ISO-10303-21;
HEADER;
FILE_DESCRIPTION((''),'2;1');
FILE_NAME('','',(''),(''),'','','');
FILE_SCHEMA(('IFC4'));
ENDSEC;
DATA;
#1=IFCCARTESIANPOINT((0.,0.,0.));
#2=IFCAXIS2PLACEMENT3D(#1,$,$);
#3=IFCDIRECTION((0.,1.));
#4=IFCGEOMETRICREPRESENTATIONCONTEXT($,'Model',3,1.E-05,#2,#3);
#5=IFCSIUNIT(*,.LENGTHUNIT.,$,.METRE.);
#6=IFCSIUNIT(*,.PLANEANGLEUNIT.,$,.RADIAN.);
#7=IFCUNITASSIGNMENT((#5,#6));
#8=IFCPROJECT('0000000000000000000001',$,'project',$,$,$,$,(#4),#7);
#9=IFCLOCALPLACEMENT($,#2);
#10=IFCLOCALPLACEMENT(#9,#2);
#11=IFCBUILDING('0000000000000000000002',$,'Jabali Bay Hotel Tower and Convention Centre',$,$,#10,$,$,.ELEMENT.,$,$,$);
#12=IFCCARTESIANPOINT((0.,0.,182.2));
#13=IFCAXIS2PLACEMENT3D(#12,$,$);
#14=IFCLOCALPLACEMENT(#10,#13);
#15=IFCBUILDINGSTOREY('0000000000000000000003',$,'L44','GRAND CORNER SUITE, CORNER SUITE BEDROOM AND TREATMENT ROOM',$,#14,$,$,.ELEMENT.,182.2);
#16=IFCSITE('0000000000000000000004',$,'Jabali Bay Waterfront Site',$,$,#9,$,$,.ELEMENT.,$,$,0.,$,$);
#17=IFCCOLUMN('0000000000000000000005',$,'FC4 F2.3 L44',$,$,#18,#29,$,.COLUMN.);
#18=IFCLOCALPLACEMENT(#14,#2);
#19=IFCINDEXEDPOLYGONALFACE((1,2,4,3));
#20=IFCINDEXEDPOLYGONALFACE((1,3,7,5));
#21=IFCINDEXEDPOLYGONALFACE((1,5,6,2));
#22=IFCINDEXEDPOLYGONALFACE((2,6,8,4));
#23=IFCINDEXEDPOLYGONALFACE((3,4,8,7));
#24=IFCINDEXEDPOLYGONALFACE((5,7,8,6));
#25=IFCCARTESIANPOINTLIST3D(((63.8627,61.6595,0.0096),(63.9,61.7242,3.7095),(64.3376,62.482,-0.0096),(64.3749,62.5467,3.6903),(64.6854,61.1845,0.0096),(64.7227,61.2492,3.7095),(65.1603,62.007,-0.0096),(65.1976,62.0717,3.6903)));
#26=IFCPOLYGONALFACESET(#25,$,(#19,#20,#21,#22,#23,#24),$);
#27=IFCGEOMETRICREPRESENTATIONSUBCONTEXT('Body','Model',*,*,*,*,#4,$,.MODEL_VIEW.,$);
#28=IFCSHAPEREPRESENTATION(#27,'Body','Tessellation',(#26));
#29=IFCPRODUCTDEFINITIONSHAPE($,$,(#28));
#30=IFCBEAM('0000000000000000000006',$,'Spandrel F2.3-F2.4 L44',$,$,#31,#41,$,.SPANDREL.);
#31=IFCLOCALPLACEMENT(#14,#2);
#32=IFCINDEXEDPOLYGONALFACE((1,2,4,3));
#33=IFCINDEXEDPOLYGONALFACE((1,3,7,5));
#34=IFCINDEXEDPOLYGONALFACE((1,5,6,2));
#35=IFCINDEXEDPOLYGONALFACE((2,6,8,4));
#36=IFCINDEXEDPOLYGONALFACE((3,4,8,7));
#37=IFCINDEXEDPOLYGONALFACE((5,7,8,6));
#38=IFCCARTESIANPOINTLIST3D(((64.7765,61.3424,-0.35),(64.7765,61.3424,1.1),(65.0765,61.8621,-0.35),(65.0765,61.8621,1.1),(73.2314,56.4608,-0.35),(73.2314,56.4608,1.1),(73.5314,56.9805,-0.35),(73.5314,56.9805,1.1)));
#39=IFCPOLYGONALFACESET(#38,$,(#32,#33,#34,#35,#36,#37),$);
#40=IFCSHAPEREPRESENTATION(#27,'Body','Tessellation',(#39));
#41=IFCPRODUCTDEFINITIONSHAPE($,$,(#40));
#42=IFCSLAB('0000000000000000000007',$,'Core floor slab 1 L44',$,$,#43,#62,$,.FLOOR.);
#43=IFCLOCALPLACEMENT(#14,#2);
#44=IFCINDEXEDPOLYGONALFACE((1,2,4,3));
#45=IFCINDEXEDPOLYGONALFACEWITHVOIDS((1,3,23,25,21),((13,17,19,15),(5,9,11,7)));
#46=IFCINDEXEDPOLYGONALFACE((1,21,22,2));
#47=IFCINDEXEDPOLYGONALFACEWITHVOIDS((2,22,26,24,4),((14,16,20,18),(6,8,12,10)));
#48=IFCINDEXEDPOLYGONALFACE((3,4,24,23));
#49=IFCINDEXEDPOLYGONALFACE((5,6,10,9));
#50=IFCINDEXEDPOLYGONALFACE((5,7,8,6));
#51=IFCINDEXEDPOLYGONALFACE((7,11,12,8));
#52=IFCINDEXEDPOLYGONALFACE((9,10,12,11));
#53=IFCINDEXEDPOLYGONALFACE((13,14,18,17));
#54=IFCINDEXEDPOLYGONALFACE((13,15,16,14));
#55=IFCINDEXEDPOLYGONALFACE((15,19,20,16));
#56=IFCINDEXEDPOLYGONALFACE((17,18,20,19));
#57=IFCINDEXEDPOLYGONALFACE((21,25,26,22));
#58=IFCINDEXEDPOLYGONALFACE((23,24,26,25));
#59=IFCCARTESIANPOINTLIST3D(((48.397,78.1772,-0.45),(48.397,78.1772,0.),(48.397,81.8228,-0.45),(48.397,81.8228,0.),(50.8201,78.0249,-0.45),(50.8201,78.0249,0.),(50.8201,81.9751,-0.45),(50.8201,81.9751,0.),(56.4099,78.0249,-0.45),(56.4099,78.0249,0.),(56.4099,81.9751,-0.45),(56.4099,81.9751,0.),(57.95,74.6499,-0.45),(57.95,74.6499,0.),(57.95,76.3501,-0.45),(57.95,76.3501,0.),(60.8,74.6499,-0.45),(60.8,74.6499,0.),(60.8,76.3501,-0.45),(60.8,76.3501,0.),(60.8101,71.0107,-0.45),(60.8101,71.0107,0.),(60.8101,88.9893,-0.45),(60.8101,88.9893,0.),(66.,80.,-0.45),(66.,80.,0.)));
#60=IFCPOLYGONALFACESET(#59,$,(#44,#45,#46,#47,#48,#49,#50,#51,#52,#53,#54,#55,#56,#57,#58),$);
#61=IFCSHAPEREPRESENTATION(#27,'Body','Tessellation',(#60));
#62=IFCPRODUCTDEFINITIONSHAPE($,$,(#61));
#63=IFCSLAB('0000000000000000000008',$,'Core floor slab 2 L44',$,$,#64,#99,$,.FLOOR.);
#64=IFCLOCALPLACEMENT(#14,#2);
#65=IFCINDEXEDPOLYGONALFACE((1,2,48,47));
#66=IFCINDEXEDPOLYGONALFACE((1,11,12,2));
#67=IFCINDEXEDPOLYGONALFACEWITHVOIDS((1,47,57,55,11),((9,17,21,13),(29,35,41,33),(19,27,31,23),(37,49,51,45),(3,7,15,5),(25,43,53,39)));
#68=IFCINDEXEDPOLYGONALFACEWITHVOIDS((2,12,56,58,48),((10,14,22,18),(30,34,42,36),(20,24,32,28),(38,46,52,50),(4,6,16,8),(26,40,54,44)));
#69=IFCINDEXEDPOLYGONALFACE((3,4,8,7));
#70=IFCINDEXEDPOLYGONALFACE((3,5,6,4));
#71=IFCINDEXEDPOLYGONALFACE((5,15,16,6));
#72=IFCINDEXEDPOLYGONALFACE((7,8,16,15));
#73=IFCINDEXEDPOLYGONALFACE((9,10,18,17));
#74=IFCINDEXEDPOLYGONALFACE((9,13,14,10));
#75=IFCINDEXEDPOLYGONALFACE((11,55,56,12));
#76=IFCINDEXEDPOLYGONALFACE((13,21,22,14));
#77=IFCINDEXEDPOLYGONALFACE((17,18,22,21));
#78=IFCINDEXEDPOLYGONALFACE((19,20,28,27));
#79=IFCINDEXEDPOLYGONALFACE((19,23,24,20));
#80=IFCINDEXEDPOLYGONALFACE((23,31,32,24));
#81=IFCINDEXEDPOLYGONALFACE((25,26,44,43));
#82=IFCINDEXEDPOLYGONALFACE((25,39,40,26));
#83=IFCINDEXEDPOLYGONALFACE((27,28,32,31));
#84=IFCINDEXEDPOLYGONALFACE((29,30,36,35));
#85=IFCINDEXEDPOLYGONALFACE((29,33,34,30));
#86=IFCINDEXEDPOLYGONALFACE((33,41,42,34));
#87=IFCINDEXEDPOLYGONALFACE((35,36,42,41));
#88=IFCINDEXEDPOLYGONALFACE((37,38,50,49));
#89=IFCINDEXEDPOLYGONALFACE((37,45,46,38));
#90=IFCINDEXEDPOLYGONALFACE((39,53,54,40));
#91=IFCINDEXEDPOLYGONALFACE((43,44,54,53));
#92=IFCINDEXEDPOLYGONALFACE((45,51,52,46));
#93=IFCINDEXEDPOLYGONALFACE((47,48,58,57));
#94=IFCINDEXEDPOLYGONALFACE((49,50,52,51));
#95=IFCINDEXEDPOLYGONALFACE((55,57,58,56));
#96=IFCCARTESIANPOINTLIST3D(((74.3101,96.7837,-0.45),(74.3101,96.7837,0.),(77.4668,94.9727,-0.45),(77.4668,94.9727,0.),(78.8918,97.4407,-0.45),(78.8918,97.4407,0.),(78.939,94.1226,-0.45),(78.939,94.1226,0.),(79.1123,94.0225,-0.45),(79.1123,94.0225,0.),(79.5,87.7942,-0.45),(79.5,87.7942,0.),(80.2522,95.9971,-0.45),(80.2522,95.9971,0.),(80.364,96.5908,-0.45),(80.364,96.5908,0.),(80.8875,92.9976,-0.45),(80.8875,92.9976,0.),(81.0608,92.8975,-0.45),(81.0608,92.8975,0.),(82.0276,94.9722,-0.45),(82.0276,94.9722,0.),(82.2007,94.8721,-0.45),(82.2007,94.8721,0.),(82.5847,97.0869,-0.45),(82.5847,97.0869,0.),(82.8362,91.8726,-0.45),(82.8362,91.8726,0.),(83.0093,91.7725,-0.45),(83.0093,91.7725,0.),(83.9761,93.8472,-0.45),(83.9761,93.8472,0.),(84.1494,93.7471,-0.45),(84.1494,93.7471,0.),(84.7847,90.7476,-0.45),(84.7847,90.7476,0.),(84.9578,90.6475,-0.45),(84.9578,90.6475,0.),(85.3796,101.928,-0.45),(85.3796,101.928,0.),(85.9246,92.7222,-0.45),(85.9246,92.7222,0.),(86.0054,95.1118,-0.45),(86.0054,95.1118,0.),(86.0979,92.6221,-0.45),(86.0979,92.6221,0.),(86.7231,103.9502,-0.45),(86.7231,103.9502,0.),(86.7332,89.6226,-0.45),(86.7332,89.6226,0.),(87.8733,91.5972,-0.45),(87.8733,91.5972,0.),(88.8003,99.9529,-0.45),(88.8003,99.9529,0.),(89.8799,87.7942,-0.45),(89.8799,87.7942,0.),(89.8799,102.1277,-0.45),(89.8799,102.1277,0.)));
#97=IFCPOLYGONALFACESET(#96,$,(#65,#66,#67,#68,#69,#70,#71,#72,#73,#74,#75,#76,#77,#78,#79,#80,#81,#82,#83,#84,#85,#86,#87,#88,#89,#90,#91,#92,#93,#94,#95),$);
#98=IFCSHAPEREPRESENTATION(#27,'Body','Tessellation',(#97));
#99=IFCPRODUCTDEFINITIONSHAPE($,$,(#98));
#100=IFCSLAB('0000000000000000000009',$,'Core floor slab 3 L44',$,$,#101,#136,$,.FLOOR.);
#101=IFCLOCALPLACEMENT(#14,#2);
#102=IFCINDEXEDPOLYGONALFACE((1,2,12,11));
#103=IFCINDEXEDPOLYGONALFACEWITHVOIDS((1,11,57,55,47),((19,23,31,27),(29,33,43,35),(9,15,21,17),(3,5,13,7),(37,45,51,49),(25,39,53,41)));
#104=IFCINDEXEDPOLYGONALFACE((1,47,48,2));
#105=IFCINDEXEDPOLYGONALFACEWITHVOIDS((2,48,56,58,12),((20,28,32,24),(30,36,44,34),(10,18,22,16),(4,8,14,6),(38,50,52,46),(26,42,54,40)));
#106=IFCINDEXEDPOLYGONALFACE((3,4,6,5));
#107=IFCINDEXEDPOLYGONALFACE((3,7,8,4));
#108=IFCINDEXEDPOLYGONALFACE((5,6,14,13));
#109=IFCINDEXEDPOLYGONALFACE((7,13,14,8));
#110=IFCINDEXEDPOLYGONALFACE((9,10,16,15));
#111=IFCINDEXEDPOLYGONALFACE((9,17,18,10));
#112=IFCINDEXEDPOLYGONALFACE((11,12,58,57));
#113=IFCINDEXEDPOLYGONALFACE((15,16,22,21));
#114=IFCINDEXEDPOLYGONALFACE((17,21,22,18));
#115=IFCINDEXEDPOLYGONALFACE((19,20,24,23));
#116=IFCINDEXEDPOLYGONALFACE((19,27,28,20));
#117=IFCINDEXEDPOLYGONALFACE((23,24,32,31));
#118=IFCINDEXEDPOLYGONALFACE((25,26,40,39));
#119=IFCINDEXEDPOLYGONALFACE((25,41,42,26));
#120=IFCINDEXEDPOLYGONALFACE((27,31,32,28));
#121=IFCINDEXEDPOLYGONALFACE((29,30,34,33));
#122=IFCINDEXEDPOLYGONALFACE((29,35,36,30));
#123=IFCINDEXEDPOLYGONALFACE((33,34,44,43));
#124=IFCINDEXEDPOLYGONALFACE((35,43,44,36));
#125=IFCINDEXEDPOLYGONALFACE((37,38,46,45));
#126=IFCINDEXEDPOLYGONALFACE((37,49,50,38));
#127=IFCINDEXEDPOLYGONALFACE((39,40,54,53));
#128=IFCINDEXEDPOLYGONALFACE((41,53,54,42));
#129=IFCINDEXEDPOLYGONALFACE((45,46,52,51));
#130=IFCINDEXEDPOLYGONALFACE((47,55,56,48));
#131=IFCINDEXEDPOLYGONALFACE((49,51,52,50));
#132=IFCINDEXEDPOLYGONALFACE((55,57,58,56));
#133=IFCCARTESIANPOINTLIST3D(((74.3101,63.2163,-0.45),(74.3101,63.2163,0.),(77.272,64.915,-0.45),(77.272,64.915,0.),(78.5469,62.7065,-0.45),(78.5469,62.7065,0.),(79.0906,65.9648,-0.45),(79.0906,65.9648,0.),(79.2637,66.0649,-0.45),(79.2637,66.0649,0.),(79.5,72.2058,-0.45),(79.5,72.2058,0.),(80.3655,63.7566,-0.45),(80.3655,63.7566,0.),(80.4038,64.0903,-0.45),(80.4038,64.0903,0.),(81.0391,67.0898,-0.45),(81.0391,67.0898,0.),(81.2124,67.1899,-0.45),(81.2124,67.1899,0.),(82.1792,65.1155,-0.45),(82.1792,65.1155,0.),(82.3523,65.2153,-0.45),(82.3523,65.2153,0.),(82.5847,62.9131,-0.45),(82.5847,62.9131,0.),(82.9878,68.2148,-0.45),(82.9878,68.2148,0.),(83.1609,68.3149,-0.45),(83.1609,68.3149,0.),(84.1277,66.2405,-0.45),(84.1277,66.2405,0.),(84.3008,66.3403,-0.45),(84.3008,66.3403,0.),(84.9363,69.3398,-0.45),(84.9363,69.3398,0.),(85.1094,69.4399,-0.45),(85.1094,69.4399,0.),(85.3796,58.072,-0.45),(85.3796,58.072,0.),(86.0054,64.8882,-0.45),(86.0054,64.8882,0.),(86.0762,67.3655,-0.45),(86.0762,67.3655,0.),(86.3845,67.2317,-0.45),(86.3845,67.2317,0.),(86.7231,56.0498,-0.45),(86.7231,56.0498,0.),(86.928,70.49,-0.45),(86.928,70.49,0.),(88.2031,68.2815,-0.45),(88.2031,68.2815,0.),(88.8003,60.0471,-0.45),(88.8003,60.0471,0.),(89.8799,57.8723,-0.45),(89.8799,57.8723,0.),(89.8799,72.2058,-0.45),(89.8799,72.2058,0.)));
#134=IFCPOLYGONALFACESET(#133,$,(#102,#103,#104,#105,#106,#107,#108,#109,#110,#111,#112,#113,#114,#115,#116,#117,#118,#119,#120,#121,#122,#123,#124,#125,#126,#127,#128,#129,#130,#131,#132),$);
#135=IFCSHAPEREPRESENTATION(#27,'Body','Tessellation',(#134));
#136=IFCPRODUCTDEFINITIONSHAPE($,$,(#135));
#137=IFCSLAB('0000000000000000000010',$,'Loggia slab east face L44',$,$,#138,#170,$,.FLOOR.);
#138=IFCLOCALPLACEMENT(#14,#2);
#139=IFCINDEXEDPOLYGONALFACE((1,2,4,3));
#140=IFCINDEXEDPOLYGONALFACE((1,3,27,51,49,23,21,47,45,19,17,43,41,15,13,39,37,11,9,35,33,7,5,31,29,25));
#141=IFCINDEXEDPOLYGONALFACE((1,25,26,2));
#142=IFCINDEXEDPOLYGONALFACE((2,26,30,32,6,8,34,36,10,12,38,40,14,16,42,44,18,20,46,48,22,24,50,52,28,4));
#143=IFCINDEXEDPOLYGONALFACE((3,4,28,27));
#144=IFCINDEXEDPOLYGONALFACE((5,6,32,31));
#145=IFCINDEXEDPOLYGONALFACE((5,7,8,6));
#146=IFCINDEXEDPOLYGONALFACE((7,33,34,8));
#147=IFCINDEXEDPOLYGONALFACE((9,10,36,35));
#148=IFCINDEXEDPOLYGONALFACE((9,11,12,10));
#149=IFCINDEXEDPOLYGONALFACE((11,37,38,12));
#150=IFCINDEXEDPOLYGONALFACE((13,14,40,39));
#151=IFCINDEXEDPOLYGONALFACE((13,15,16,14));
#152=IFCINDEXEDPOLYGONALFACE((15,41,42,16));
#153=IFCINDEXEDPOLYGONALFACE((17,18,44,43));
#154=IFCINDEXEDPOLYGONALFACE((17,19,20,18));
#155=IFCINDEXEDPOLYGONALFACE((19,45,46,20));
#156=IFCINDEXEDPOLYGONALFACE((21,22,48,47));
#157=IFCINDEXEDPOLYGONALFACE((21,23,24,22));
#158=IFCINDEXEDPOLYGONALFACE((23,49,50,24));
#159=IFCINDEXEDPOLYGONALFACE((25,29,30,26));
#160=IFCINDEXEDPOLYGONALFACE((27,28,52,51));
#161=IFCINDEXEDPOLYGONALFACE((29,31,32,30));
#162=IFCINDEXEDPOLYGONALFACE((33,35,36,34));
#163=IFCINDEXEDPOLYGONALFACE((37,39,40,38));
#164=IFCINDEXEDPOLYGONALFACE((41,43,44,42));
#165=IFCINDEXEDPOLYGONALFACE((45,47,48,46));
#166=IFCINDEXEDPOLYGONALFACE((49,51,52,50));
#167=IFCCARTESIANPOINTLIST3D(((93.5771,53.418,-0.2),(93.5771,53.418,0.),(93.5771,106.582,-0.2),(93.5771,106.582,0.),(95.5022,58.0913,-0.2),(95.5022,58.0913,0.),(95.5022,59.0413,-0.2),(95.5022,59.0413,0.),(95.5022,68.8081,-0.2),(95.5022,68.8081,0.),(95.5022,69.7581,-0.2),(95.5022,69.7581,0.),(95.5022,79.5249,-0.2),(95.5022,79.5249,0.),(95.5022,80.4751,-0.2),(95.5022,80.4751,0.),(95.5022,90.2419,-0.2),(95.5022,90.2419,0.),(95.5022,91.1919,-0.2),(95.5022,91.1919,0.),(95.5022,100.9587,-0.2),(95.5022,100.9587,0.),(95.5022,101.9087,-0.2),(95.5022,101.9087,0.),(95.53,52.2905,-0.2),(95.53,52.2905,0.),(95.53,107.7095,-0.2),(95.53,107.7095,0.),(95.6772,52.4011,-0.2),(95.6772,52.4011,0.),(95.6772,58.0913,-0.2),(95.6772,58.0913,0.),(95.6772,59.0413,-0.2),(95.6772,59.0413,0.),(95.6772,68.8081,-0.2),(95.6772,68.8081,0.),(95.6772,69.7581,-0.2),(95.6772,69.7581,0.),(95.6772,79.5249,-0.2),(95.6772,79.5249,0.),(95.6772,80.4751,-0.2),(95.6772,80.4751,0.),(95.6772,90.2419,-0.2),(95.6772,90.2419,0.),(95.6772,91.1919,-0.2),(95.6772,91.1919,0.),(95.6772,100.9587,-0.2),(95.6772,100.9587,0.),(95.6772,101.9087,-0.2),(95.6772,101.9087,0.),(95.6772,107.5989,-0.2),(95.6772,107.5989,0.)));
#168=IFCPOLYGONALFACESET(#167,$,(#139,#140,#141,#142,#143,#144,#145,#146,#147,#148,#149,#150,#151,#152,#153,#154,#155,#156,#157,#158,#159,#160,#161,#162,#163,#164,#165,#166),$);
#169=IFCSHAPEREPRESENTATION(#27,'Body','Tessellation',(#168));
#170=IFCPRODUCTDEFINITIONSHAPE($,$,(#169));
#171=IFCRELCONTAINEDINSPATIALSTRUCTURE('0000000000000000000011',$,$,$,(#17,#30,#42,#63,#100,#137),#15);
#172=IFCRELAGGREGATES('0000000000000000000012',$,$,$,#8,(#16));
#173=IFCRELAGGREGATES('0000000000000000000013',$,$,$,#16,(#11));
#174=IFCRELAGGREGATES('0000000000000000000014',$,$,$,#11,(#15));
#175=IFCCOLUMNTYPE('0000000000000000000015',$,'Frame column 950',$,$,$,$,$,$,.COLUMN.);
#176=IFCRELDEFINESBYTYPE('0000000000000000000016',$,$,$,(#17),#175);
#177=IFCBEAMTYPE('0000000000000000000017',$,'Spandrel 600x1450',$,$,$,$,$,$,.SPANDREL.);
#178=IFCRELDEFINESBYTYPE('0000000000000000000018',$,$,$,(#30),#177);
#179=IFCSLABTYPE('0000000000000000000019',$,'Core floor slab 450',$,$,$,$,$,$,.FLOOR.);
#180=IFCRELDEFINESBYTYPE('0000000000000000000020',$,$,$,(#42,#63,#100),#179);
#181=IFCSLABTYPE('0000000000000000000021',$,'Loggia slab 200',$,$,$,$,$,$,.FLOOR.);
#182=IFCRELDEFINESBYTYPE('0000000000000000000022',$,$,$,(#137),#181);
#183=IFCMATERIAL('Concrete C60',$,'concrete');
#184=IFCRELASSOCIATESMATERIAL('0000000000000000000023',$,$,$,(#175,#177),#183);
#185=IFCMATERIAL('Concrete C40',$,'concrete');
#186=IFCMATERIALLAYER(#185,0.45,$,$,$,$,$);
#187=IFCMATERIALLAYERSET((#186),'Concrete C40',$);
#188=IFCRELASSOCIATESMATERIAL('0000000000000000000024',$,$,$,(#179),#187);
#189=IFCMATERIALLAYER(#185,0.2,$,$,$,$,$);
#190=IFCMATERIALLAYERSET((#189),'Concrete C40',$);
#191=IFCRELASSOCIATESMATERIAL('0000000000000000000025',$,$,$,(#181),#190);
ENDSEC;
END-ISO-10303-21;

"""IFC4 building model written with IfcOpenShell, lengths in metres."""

from ifc_helpers import new_model, si_unit, direction, frame, origin, origin_2d, place, context, subcontext, project, spatial, polyline, rectangle, outline, extrude, material, layer, layer_set, material_profile, profile_set, type_object, element, save


model = new_model("IFC4")

# Units and contexts
model_context = context("Model", 3, precision=1e-05, world=origin(), true_north=direction((0.0, 1.0)))
body_context = subcontext(model_context, "Body", "Model", "MODEL_VIEW")
ifc_project = project(units=[si_unit("LENGTHUNIT", "METRE"), si_unit("PLANEANGLEUNIT", "RADIAN")], contexts=[model_context])

# Site, building, storey
site_placement = place(None, origin())
site = spatial("IfcSite", under=ifc_project, at=site_placement, Name="Jabali Bay Waterfront Site", CompositionType="ELEMENT", RefElevation=0.0)
building_placement = place(site_placement, origin())
building = spatial("IfcBuilding", under=site, at=building_placement, Name="Jabali Bay Hotel Tower and Convention Centre", CompositionType="ELEMENT")
storey_placement = place(building_placement, frame((0.0, 0.0, 182.2)))
storey = spatial("IfcBuildingStorey", under=building, at=storey_placement, Name="L44", Description="GRAND CORNER SUITE, CORNER SUITE BEDROOM AND TREATMENT ROOM", CompositionType="ELEMENT", Elevation=182.2)

# Column
ifc_material_1 = material(Name="Concrete C60", Category="concrete")
ifc_material_profile_1 = material_profile(ifc_material_1, rectangle(XDim=0.95, YDim=0.95, at=origin_2d()), Name="Frame column 950")
ifc_profile_set_1 = profile_set([ifc_material_profile_1], Name="Concrete C60")
column_type = type_object("IfcColumnType", Name="Frame column 950", PredefinedType="COLUMN", material=ifc_profile_set_1)
column_placement = place(storey_placement, frame((64.5115, 61.8333, 0.0), z_axis=(0.010094, 0.017482, 0.999796), x_axis=(-0.499907, -0.865844, 0.020187)))
element("IfcColumn", 1, at=column_placement, inside=storey, type_object=column_type, Name="FC4 F2.3 L44", PredefinedType="COLUMN", context=body_context, shape_type="SweptSolid", body=[
    extrude(rectangle(XDim=0.95, YDim=0.95, at=origin_2d()), origin(), (0.0, 0.0, 1.0), 3.7007),
])

# Beam
ifc_material_profile_2 = material_profile(ifc_material_1, rectangle(XDim=0.6001, YDim=1.45, at=origin_2d()), Name="Spandrel 600x1450")
ifc_profile_set_2 = profile_set([ifc_material_profile_2], Name="Concrete C60")
beam_type = type_object("IfcBeamType", Name="Spandrel 600x1450", PredefinedType="SPANDREL", material=ifc_profile_set_2)
beam_placement = place(storey_placement, frame((64.9265, 61.6023, 0.375), z_axis=(0.866017, -0.500015, 0.0), x_axis=(0.500015, 0.866017, 0.0)))
element("IfcBeam", 2, at=beam_placement, inside=storey, type_object=beam_type, Name="Spandrel F2.3-F2.4 L44", PredefinedType="SPANDREL", context=body_context, shape_type="SweptSolid", body=[
    extrude(rectangle(XDim=0.6001, YDim=1.45, at=origin_2d()), origin(), (0.0, 0.0, 1.0), 9.7629),
])

# Slabs
ifc_material_2 = material(Name="Concrete C40", Category="concrete")
ifc_layer_1 = layer(ifc_material_2, 0.45)
ifc_layer_set_1 = layer_set([ifc_layer_1], Name="Concrete C40")
slab_type_1 = type_object("IfcSlabType", Name="Core floor slab 450", PredefinedType="FLOOR", material=ifc_layer_set_1)
slab_1_placement = place(storey_placement, frame((0.0, 0.0, -0.45)))
element("IfcSlab", 3, at=slab_1_placement, inside=storey, type_object=slab_type_1, Name="Core floor slab 1 L44", PredefinedType="FLOOR", context=body_context, shape_type="SweptSolid", body=[
    extrude(outline(polyline([(66.0, 80.0), (60.8101, 88.9893), (48.397, 81.8228), (48.397, 78.1772), (60.8101, 71.0107), (66.0, 80.0)]), holes=[polyline([(60.8, 76.3501), (57.95, 76.3501), (57.95, 74.6499), (60.8, 74.6499), (60.8, 76.3501)]), polyline([(50.8201, 81.9751), (50.8201, 78.0249), (56.4099, 78.0249), (56.4099, 81.9751), (50.8201, 81.9751)])]), origin(), (0.0, 0.0, 1.0), 0.45),
])
slab_2_placement = place(storey_placement, frame((0.0, 0.0, -0.45)))
element("IfcSlab", 4, at=slab_2_placement, inside=storey, type_object=slab_type_1, Name="Core floor slab 2 L44", PredefinedType="FLOOR", context=body_context, shape_type="SweptSolid", body=[
    extrude(outline(polyline([(79.5, 87.7942), (89.8799, 87.7942), (89.8799, 102.1277), (86.7231, 103.9502), (74.3101, 96.7837), (79.5, 87.7942)]), holes=[polyline([(84.9578, 90.6475), (86.7332, 89.6226), (87.8733, 91.5972), (86.0979, 92.6221), (84.9578, 90.6475)]), polyline([(84.1494, 93.7471), (83.0093, 91.7725), (84.7847, 90.7476), (85.9246, 92.7222), (84.1494, 93.7471)]), polyline([(82.2007, 94.8721), (81.0608, 92.8975), (82.8362, 91.8726), (83.9761, 93.8472), (82.2007, 94.8721)]), polyline([(79.1123, 94.0225), (80.8875, 92.9976), (82.0276, 94.9722), (80.2522, 95.9971), (79.1123, 94.0225)]), polyline([(78.8918, 97.4407), (77.4668, 94.9727), (78.939, 94.1226), (80.364, 96.5908), (78.8918, 97.4407)]), polyline([(82.5847, 97.0869), (86.0054, 95.1118), (88.8003, 99.9529), (85.3796, 101.928), (82.5847, 97.0869)])]), origin(), (0.0, 0.0, 1.0), 0.45),
])
slab_3_placement = place(storey_placement, frame((0.0, 0.0, -0.45)))
element("IfcSlab", 5, at=slab_3_placement, inside=storey, type_object=slab_type_1, Name="Core floor slab 3 L44", PredefinedType="FLOOR", context=body_context, shape_type="SweptSolid", body=[
    extrude(outline(polyline([(79.5, 72.2058), (74.3101, 63.2163), (86.7231, 56.0498), (89.8799, 57.8723), (89.8799, 72.2058), (79.5, 72.2058)]), holes=[polyline([(82.5847, 62.9131), (85.3796, 58.072), (88.8003, 60.0471), (86.0054, 64.8882), (82.5847, 62.9131)]), polyline([(80.3655, 63.7566), (79.0906, 65.9648), (77.272, 64.915), (78.5469, 62.7065), (80.3655, 63.7566)]), polyline([(82.1792, 65.1155), (81.0391, 67.0898), (79.2637, 66.0649), (80.4038, 64.0903), (82.1792, 65.1155)]), polyline([(82.9878, 68.2148), (81.2124, 67.1899), (82.3523, 65.2153), (84.1277, 66.2405), (82.9878, 68.2148)]), polyline([(86.0762, 67.3655), (84.9363, 69.3398), (83.1609, 68.3149), (84.3008, 66.3403), (86.0762, 67.3655)]), polyline([(88.2031, 68.2815), (86.928, 70.49), (85.1094, 69.4399), (86.3845, 67.2317), (88.2031, 68.2815)])]), origin(), (0.0, 0.0, 1.0), 0.45),
])
ifc_layer_2 = layer(ifc_material_2, 0.2)
ifc_layer_set_2 = layer_set([ifc_layer_2], Name="Concrete C40")
slab_type_2 = type_object("IfcSlabType", Name="Loggia slab 200", PredefinedType="FLOOR", material=ifc_layer_set_2)
slab_4_placement = place(storey_placement, frame((0.0, 0.0, -0.2)))
element("IfcSlab", 6, at=slab_4_placement, inside=storey, type_object=slab_type_2, Name="Loggia slab east face L44", PredefinedType="FLOOR", context=body_context, shape_type="SweptSolid", body=[
    extrude(outline(polyline([(93.5771, 106.582), (95.53, 107.7095), (95.6772, 107.5989), (95.6772, 101.9087), (95.5022, 101.9087), (95.5022, 100.9587), (95.6772, 100.9587), (95.6772, 91.1919), (95.5022, 91.1919), (95.5022, 90.2419), (95.6772, 90.2419), (95.6772, 80.4751), (95.5022, 80.4751), (95.5022, 79.5249), (95.6772, 79.5249), (95.6772, 69.7581), (95.5022, 69.7581), (95.5022, 68.8081), (95.6772, 68.8081), (95.6772, 59.0413), (95.5022, 59.0413), (95.5022, 58.0913), (95.6772, 58.0913), (95.6772, 52.4011), (95.53, 52.2905), (93.5771, 53.418), (93.5771, 106.582)])), origin(), (0.0, 0.0, 1.0), 0.2),
])

save(model, "model.ifc")
